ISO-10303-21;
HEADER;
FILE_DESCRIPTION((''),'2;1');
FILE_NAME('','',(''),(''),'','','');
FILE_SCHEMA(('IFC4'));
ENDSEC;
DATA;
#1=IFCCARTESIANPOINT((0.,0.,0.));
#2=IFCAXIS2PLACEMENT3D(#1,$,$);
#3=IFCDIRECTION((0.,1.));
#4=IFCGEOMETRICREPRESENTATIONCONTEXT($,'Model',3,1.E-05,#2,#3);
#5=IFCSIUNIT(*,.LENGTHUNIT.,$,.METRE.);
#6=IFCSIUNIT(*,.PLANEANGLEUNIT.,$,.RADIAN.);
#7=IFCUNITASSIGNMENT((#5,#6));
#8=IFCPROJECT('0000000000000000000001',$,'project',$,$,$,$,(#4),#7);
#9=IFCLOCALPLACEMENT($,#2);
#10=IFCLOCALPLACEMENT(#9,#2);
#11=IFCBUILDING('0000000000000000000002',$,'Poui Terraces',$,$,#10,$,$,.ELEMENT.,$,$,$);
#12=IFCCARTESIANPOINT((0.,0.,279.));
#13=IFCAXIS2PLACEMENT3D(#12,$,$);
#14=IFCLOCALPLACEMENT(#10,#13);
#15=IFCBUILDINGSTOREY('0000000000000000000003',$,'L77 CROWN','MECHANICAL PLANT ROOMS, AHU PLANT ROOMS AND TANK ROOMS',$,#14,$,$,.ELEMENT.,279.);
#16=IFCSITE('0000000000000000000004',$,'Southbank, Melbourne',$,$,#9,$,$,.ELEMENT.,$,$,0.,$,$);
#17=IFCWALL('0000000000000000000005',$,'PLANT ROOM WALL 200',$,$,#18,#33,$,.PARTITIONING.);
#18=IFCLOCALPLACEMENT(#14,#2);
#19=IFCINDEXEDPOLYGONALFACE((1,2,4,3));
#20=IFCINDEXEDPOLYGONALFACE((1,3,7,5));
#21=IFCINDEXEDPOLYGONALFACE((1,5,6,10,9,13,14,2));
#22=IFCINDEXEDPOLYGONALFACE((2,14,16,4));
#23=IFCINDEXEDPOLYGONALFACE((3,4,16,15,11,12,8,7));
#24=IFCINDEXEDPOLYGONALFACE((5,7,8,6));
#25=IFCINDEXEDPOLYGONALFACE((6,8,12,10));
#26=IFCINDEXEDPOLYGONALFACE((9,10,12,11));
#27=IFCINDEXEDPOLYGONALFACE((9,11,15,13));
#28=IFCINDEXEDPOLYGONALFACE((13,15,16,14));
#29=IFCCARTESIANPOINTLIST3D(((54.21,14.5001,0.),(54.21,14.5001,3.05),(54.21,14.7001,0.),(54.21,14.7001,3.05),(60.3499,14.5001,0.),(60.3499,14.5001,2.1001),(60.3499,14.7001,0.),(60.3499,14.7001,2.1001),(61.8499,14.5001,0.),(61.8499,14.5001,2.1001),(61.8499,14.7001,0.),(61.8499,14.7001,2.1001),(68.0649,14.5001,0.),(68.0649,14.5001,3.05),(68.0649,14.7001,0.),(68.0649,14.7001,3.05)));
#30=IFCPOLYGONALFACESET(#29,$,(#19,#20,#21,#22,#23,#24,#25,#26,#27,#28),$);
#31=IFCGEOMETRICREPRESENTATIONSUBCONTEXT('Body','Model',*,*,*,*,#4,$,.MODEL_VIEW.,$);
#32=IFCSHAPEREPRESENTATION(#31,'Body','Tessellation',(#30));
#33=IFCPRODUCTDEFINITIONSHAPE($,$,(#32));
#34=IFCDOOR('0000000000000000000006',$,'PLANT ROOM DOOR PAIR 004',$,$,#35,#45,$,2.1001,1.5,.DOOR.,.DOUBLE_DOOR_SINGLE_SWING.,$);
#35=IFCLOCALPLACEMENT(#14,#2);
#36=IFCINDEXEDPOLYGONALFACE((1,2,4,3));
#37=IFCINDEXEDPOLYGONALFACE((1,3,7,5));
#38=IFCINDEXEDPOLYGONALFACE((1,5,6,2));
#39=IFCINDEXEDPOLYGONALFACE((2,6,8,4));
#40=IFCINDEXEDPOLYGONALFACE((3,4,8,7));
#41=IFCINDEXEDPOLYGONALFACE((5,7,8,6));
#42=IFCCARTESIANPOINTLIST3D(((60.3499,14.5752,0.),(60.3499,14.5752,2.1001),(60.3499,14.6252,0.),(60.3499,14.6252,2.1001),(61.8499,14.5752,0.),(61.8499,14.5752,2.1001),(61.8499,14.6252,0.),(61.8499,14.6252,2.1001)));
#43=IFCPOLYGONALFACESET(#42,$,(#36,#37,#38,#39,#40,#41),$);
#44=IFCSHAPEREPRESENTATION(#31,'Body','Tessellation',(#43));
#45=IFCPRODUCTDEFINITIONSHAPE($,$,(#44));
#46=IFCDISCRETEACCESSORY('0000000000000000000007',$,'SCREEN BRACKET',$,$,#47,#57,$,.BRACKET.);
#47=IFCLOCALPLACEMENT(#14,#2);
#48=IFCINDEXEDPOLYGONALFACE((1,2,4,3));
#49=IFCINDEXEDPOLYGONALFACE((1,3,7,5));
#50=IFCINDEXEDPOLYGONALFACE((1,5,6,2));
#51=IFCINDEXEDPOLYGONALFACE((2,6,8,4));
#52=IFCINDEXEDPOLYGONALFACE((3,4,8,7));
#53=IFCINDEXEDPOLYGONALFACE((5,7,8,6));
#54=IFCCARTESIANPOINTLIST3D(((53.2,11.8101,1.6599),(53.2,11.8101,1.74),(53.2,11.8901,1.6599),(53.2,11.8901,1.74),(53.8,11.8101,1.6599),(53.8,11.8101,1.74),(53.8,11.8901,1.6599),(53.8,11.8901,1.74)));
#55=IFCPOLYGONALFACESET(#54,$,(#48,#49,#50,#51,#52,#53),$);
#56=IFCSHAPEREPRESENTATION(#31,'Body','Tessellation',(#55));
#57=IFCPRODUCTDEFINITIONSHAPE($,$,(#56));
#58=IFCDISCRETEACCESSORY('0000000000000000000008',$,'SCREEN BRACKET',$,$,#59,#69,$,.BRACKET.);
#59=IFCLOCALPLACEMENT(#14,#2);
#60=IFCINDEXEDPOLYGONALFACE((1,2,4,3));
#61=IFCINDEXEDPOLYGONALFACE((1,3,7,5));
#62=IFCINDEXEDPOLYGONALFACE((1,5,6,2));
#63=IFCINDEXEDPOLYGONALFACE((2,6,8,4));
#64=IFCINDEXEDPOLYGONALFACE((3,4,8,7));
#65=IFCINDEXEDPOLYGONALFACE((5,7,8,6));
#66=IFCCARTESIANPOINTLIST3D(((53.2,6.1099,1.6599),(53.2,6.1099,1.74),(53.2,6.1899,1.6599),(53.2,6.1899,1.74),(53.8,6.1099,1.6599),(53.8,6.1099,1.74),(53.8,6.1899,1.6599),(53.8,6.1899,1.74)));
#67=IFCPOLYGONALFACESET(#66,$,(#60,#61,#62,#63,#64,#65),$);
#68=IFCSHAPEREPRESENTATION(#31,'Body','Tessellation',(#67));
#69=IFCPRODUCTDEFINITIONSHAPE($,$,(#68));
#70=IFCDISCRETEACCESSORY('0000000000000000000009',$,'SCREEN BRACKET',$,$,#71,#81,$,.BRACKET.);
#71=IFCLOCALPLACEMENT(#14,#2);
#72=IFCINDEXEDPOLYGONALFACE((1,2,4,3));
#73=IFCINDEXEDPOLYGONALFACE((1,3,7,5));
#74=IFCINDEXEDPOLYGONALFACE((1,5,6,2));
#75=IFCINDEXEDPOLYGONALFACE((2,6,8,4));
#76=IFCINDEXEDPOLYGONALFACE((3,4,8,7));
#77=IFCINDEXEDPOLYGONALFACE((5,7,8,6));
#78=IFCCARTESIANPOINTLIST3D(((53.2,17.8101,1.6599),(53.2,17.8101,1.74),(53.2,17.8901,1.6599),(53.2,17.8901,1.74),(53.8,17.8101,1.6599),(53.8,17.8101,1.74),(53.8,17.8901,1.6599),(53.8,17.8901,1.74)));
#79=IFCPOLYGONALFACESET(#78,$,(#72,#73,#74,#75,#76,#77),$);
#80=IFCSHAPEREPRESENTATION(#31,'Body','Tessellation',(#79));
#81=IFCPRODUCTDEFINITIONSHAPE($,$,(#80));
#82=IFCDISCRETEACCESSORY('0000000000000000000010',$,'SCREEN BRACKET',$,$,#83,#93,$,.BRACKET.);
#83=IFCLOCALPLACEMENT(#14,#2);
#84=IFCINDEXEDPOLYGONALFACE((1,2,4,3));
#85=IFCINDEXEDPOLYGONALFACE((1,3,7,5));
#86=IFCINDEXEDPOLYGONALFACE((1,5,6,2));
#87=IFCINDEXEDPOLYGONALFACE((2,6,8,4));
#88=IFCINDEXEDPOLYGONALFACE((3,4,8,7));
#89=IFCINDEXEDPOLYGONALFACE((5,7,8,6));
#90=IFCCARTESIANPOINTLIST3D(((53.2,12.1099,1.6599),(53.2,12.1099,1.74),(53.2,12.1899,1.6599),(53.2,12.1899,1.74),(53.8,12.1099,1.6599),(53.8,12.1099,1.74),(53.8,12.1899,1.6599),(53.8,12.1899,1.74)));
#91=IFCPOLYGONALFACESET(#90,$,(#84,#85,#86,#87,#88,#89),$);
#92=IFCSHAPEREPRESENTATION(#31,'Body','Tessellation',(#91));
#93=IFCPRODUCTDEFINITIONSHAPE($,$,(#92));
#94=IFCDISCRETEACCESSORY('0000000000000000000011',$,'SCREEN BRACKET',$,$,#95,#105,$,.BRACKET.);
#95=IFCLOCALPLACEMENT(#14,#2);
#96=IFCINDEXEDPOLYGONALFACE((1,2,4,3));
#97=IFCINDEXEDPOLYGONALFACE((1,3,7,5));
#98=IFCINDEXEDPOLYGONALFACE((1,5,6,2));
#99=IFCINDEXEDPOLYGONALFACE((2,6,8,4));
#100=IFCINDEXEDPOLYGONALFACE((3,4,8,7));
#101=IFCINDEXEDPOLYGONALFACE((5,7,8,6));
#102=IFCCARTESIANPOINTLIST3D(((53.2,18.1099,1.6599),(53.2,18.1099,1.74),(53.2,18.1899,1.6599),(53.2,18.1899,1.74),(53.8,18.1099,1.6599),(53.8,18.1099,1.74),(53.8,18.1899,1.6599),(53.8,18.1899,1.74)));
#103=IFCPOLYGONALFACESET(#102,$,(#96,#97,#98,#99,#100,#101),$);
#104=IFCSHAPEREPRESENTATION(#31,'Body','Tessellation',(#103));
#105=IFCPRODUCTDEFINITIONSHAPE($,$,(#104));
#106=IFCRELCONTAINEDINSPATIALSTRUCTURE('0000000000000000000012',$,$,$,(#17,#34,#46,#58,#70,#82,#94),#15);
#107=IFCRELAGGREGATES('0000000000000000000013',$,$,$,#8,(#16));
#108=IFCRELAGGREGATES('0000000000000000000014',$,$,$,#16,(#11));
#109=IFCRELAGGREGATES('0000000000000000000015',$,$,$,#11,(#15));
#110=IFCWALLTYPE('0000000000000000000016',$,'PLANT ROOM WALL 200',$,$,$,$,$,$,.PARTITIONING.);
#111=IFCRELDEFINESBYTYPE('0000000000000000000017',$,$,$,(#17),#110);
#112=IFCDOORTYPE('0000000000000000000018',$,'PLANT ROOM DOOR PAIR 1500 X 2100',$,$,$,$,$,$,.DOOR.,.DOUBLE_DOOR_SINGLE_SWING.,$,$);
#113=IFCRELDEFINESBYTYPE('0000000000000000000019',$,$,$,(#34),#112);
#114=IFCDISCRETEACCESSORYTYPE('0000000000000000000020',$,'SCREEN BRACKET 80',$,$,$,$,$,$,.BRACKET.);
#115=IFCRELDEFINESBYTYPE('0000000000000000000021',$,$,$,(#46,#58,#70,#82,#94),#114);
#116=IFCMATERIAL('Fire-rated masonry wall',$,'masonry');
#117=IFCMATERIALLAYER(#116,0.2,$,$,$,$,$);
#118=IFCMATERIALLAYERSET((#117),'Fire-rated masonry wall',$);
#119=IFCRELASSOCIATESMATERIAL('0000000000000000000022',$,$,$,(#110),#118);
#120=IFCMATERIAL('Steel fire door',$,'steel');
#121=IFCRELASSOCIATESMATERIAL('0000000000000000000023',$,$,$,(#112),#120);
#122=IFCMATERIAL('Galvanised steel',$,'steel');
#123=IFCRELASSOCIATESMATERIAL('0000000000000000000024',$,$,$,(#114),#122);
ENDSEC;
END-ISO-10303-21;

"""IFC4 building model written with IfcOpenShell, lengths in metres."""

from ifc_helpers import new_model, si_unit, direction, frame, frame_2d, origin, origin_2d, place, context, subcontext, project, spatial, rectangle, extrude, source, transform, mapped, material, layer, layer_set, material_profile, profile_set, type_object, element, fill, save


model = new_model("IFC4")

# Units and contexts
model_context = context("Model", 3, precision=1e-05, world=origin(), true_north=direction((0.0, 1.0)))
body_context = subcontext(model_context, "Body", "Model", "MODEL_VIEW")
ifc_project = project(units=[si_unit("LENGTHUNIT", "METRE"), si_unit("PLANEANGLEUNIT", "RADIAN")], contexts=[model_context])

# Site, building, storey
site_placement = place(None, origin())
site = spatial("IfcSite", under=ifc_project, at=site_placement, Name="Southbank, Melbourne", CompositionType="ELEMENT", RefElevation=0.0)
building_placement = place(site_placement, origin())
building = spatial("IfcBuilding", under=site, at=building_placement, Name="Poui Terraces", CompositionType="ELEMENT")
storey_placement = place(building_placement, frame((0.0, 0.0, 279.0)))
storey = spatial("IfcBuildingStorey", under=building, at=storey_placement, Name="L77 CROWN", Description="MECHANICAL PLANT ROOMS, AHU PLANT ROOMS AND TANK ROOMS", CompositionType="ELEMENT", Elevation=279.0)

# Wall, opening, door
ifc_material_1 = material(Name="Fire-rated masonry wall", Category="masonry")
ifc_layer_1 = layer(ifc_material_1, 0.2)
ifc_layer_set_1 = layer_set([ifc_layer_1], Name="Fire-rated masonry wall")
wall_type_1 = type_object("IfcWallType", Name="PLANT ROOM WALL 200", PredefinedType="PARTITIONING", material=ifc_layer_set_1)
wall_1_placement = place(storey_placement, frame((54.21, 14.6001, 0.0), z_axis=(0.0, 0.0, 1.0), x_axis=(1.0, 0.0, 0.0)))
wall_1 = element("IfcWall", 1, at=wall_1_placement, inside=storey, type_object=wall_type_1, Name="PLANT ROOM WALL 200", PredefinedType="PARTITIONING", context=body_context, shape_type="SweptSolid", body=[
    extrude(rectangle(XDim=13.855, YDim=0.2, at=frame_2d((6.9275, 0.0))), origin(), (0.0, 0.0, 1.0), 3.05),
])
opening_1_placement = place(wall_1_placement, frame((6.1399, 0.0, 0.0)))
opening_1 = element("IfcOpeningElement", 2, at=opening_1_placement, cuts=wall_1, PredefinedType="OPENING", context=body_context, shape_type="SweptSolid", body=[
    extrude(rectangle(XDim=1.5, YDim=2.1001, at=frame_2d((0.75, 1.05))), frame((0.0, 0.1099, 0.0), z_axis=(0.0, -1.0, 0.0), x_axis=(1.0, 0.0, 0.0)), (0.0, 0.0, 1.0), 0.22),
])
ifc_material_2 = material(Name="Steel fire door", Category="steel")
door_type = type_object("IfcDoorType", Name="PLANT ROOM DOOR PAIR 1500 X 2100", OperationType="DOUBLE_DOOR_SINGLE_SWING", PredefinedType="DOOR", material=ifc_material_2)
door_placement = place(opening_1_placement, frame((1.5, 0.0, 0.0), z_axis=(0.0, 0.0, 1.0), x_axis=(-1.0, 0.0, 0.0)))
door = element("IfcDoor", 3, at=door_placement, inside=storey, type_object=door_type, Name="PLANT ROOM DOOR PAIR 004", OperationType="DOUBLE_DOOR_SINGLE_SWING", OverallHeight=2.1001, OverallWidth=1.5, PredefinedType="DOOR", context=body_context, shape_type="SweptSolid", body=[
    extrude(rectangle(XDim=1.5, YDim=2.1001, at=frame_2d((0.75, 1.05))), frame((0.0, 0.0249, 0.0), z_axis=(0.0, -1.0, 0.0), x_axis=(1.0, 0.0, 0.0)), (0.0, 0.0, 1.0), 0.05),
])
fill(opening_1, door)

# Discrete accessories
ifc_material_3 = material(Name="Galvanised steel", Category="steel")
ifc_material_profile_1 = material_profile(ifc_material_3, rectangle(XDim=0.0801, YDim=0.0801, at=origin_2d()), Name="SCREEN BRACKET 80")
ifc_profile_set_1 = profile_set([ifc_material_profile_1], Name="Galvanised steel")
discrete_accessory_type = type_object("IfcDiscreteAccessoryType", Name="SCREEN BRACKET 80", PredefinedType="BRACKET", material=ifc_profile_set_1)
shared_shape_1 = source(origin(), body_context, "Body", "SweptSolid", [
    extrude(rectangle(XDim=0.0801, YDim=0.0801, at=origin_2d()), origin(), (0.0, 0.0, 1.0), 0.6001),
])
for number, where, z_axis, x_axis, name in (
    (4, (53.8, 11.8501, 1.7), (-1.0, 0.0, 0.0), (0.0, -1.0, 0.0), "SCREEN BRACKET"),
    (5, (53.8, 6.1499, 1.7), (-1.0, 0.0, 0.0), (0.0, -1.0, 0.0), "SCREEN BRACKET"),
    (6, (53.8, 17.8501, 1.7), (-1.0, 0.0, 0.0), (0.0, -1.0, 0.0), "SCREEN BRACKET"),
    (7, (53.8, 12.1499, 1.7), (-1.0, 0.0, 0.0), (0.0, -1.0, 0.0), "SCREEN BRACKET"),
    (8, (53.8, 18.1499, 1.7), (-1.0, 0.0, 0.0), (0.0, -1.0, 0.0), "SCREEN BRACKET"),
):
    element("IfcDiscreteAccessory", number, at=place(storey_placement, frame(where, z_axis=z_axis, x_axis=x_axis)), inside=storey, type_object=discrete_accessory_type, Name=name, PredefinedType="BRACKET", context=body_context, shape_type="MappedRepresentation", body=[
        mapped(shared_shape_1, transform((0.0, 0.0, 0.0))),
    ])

save(model, "model.ifc")
